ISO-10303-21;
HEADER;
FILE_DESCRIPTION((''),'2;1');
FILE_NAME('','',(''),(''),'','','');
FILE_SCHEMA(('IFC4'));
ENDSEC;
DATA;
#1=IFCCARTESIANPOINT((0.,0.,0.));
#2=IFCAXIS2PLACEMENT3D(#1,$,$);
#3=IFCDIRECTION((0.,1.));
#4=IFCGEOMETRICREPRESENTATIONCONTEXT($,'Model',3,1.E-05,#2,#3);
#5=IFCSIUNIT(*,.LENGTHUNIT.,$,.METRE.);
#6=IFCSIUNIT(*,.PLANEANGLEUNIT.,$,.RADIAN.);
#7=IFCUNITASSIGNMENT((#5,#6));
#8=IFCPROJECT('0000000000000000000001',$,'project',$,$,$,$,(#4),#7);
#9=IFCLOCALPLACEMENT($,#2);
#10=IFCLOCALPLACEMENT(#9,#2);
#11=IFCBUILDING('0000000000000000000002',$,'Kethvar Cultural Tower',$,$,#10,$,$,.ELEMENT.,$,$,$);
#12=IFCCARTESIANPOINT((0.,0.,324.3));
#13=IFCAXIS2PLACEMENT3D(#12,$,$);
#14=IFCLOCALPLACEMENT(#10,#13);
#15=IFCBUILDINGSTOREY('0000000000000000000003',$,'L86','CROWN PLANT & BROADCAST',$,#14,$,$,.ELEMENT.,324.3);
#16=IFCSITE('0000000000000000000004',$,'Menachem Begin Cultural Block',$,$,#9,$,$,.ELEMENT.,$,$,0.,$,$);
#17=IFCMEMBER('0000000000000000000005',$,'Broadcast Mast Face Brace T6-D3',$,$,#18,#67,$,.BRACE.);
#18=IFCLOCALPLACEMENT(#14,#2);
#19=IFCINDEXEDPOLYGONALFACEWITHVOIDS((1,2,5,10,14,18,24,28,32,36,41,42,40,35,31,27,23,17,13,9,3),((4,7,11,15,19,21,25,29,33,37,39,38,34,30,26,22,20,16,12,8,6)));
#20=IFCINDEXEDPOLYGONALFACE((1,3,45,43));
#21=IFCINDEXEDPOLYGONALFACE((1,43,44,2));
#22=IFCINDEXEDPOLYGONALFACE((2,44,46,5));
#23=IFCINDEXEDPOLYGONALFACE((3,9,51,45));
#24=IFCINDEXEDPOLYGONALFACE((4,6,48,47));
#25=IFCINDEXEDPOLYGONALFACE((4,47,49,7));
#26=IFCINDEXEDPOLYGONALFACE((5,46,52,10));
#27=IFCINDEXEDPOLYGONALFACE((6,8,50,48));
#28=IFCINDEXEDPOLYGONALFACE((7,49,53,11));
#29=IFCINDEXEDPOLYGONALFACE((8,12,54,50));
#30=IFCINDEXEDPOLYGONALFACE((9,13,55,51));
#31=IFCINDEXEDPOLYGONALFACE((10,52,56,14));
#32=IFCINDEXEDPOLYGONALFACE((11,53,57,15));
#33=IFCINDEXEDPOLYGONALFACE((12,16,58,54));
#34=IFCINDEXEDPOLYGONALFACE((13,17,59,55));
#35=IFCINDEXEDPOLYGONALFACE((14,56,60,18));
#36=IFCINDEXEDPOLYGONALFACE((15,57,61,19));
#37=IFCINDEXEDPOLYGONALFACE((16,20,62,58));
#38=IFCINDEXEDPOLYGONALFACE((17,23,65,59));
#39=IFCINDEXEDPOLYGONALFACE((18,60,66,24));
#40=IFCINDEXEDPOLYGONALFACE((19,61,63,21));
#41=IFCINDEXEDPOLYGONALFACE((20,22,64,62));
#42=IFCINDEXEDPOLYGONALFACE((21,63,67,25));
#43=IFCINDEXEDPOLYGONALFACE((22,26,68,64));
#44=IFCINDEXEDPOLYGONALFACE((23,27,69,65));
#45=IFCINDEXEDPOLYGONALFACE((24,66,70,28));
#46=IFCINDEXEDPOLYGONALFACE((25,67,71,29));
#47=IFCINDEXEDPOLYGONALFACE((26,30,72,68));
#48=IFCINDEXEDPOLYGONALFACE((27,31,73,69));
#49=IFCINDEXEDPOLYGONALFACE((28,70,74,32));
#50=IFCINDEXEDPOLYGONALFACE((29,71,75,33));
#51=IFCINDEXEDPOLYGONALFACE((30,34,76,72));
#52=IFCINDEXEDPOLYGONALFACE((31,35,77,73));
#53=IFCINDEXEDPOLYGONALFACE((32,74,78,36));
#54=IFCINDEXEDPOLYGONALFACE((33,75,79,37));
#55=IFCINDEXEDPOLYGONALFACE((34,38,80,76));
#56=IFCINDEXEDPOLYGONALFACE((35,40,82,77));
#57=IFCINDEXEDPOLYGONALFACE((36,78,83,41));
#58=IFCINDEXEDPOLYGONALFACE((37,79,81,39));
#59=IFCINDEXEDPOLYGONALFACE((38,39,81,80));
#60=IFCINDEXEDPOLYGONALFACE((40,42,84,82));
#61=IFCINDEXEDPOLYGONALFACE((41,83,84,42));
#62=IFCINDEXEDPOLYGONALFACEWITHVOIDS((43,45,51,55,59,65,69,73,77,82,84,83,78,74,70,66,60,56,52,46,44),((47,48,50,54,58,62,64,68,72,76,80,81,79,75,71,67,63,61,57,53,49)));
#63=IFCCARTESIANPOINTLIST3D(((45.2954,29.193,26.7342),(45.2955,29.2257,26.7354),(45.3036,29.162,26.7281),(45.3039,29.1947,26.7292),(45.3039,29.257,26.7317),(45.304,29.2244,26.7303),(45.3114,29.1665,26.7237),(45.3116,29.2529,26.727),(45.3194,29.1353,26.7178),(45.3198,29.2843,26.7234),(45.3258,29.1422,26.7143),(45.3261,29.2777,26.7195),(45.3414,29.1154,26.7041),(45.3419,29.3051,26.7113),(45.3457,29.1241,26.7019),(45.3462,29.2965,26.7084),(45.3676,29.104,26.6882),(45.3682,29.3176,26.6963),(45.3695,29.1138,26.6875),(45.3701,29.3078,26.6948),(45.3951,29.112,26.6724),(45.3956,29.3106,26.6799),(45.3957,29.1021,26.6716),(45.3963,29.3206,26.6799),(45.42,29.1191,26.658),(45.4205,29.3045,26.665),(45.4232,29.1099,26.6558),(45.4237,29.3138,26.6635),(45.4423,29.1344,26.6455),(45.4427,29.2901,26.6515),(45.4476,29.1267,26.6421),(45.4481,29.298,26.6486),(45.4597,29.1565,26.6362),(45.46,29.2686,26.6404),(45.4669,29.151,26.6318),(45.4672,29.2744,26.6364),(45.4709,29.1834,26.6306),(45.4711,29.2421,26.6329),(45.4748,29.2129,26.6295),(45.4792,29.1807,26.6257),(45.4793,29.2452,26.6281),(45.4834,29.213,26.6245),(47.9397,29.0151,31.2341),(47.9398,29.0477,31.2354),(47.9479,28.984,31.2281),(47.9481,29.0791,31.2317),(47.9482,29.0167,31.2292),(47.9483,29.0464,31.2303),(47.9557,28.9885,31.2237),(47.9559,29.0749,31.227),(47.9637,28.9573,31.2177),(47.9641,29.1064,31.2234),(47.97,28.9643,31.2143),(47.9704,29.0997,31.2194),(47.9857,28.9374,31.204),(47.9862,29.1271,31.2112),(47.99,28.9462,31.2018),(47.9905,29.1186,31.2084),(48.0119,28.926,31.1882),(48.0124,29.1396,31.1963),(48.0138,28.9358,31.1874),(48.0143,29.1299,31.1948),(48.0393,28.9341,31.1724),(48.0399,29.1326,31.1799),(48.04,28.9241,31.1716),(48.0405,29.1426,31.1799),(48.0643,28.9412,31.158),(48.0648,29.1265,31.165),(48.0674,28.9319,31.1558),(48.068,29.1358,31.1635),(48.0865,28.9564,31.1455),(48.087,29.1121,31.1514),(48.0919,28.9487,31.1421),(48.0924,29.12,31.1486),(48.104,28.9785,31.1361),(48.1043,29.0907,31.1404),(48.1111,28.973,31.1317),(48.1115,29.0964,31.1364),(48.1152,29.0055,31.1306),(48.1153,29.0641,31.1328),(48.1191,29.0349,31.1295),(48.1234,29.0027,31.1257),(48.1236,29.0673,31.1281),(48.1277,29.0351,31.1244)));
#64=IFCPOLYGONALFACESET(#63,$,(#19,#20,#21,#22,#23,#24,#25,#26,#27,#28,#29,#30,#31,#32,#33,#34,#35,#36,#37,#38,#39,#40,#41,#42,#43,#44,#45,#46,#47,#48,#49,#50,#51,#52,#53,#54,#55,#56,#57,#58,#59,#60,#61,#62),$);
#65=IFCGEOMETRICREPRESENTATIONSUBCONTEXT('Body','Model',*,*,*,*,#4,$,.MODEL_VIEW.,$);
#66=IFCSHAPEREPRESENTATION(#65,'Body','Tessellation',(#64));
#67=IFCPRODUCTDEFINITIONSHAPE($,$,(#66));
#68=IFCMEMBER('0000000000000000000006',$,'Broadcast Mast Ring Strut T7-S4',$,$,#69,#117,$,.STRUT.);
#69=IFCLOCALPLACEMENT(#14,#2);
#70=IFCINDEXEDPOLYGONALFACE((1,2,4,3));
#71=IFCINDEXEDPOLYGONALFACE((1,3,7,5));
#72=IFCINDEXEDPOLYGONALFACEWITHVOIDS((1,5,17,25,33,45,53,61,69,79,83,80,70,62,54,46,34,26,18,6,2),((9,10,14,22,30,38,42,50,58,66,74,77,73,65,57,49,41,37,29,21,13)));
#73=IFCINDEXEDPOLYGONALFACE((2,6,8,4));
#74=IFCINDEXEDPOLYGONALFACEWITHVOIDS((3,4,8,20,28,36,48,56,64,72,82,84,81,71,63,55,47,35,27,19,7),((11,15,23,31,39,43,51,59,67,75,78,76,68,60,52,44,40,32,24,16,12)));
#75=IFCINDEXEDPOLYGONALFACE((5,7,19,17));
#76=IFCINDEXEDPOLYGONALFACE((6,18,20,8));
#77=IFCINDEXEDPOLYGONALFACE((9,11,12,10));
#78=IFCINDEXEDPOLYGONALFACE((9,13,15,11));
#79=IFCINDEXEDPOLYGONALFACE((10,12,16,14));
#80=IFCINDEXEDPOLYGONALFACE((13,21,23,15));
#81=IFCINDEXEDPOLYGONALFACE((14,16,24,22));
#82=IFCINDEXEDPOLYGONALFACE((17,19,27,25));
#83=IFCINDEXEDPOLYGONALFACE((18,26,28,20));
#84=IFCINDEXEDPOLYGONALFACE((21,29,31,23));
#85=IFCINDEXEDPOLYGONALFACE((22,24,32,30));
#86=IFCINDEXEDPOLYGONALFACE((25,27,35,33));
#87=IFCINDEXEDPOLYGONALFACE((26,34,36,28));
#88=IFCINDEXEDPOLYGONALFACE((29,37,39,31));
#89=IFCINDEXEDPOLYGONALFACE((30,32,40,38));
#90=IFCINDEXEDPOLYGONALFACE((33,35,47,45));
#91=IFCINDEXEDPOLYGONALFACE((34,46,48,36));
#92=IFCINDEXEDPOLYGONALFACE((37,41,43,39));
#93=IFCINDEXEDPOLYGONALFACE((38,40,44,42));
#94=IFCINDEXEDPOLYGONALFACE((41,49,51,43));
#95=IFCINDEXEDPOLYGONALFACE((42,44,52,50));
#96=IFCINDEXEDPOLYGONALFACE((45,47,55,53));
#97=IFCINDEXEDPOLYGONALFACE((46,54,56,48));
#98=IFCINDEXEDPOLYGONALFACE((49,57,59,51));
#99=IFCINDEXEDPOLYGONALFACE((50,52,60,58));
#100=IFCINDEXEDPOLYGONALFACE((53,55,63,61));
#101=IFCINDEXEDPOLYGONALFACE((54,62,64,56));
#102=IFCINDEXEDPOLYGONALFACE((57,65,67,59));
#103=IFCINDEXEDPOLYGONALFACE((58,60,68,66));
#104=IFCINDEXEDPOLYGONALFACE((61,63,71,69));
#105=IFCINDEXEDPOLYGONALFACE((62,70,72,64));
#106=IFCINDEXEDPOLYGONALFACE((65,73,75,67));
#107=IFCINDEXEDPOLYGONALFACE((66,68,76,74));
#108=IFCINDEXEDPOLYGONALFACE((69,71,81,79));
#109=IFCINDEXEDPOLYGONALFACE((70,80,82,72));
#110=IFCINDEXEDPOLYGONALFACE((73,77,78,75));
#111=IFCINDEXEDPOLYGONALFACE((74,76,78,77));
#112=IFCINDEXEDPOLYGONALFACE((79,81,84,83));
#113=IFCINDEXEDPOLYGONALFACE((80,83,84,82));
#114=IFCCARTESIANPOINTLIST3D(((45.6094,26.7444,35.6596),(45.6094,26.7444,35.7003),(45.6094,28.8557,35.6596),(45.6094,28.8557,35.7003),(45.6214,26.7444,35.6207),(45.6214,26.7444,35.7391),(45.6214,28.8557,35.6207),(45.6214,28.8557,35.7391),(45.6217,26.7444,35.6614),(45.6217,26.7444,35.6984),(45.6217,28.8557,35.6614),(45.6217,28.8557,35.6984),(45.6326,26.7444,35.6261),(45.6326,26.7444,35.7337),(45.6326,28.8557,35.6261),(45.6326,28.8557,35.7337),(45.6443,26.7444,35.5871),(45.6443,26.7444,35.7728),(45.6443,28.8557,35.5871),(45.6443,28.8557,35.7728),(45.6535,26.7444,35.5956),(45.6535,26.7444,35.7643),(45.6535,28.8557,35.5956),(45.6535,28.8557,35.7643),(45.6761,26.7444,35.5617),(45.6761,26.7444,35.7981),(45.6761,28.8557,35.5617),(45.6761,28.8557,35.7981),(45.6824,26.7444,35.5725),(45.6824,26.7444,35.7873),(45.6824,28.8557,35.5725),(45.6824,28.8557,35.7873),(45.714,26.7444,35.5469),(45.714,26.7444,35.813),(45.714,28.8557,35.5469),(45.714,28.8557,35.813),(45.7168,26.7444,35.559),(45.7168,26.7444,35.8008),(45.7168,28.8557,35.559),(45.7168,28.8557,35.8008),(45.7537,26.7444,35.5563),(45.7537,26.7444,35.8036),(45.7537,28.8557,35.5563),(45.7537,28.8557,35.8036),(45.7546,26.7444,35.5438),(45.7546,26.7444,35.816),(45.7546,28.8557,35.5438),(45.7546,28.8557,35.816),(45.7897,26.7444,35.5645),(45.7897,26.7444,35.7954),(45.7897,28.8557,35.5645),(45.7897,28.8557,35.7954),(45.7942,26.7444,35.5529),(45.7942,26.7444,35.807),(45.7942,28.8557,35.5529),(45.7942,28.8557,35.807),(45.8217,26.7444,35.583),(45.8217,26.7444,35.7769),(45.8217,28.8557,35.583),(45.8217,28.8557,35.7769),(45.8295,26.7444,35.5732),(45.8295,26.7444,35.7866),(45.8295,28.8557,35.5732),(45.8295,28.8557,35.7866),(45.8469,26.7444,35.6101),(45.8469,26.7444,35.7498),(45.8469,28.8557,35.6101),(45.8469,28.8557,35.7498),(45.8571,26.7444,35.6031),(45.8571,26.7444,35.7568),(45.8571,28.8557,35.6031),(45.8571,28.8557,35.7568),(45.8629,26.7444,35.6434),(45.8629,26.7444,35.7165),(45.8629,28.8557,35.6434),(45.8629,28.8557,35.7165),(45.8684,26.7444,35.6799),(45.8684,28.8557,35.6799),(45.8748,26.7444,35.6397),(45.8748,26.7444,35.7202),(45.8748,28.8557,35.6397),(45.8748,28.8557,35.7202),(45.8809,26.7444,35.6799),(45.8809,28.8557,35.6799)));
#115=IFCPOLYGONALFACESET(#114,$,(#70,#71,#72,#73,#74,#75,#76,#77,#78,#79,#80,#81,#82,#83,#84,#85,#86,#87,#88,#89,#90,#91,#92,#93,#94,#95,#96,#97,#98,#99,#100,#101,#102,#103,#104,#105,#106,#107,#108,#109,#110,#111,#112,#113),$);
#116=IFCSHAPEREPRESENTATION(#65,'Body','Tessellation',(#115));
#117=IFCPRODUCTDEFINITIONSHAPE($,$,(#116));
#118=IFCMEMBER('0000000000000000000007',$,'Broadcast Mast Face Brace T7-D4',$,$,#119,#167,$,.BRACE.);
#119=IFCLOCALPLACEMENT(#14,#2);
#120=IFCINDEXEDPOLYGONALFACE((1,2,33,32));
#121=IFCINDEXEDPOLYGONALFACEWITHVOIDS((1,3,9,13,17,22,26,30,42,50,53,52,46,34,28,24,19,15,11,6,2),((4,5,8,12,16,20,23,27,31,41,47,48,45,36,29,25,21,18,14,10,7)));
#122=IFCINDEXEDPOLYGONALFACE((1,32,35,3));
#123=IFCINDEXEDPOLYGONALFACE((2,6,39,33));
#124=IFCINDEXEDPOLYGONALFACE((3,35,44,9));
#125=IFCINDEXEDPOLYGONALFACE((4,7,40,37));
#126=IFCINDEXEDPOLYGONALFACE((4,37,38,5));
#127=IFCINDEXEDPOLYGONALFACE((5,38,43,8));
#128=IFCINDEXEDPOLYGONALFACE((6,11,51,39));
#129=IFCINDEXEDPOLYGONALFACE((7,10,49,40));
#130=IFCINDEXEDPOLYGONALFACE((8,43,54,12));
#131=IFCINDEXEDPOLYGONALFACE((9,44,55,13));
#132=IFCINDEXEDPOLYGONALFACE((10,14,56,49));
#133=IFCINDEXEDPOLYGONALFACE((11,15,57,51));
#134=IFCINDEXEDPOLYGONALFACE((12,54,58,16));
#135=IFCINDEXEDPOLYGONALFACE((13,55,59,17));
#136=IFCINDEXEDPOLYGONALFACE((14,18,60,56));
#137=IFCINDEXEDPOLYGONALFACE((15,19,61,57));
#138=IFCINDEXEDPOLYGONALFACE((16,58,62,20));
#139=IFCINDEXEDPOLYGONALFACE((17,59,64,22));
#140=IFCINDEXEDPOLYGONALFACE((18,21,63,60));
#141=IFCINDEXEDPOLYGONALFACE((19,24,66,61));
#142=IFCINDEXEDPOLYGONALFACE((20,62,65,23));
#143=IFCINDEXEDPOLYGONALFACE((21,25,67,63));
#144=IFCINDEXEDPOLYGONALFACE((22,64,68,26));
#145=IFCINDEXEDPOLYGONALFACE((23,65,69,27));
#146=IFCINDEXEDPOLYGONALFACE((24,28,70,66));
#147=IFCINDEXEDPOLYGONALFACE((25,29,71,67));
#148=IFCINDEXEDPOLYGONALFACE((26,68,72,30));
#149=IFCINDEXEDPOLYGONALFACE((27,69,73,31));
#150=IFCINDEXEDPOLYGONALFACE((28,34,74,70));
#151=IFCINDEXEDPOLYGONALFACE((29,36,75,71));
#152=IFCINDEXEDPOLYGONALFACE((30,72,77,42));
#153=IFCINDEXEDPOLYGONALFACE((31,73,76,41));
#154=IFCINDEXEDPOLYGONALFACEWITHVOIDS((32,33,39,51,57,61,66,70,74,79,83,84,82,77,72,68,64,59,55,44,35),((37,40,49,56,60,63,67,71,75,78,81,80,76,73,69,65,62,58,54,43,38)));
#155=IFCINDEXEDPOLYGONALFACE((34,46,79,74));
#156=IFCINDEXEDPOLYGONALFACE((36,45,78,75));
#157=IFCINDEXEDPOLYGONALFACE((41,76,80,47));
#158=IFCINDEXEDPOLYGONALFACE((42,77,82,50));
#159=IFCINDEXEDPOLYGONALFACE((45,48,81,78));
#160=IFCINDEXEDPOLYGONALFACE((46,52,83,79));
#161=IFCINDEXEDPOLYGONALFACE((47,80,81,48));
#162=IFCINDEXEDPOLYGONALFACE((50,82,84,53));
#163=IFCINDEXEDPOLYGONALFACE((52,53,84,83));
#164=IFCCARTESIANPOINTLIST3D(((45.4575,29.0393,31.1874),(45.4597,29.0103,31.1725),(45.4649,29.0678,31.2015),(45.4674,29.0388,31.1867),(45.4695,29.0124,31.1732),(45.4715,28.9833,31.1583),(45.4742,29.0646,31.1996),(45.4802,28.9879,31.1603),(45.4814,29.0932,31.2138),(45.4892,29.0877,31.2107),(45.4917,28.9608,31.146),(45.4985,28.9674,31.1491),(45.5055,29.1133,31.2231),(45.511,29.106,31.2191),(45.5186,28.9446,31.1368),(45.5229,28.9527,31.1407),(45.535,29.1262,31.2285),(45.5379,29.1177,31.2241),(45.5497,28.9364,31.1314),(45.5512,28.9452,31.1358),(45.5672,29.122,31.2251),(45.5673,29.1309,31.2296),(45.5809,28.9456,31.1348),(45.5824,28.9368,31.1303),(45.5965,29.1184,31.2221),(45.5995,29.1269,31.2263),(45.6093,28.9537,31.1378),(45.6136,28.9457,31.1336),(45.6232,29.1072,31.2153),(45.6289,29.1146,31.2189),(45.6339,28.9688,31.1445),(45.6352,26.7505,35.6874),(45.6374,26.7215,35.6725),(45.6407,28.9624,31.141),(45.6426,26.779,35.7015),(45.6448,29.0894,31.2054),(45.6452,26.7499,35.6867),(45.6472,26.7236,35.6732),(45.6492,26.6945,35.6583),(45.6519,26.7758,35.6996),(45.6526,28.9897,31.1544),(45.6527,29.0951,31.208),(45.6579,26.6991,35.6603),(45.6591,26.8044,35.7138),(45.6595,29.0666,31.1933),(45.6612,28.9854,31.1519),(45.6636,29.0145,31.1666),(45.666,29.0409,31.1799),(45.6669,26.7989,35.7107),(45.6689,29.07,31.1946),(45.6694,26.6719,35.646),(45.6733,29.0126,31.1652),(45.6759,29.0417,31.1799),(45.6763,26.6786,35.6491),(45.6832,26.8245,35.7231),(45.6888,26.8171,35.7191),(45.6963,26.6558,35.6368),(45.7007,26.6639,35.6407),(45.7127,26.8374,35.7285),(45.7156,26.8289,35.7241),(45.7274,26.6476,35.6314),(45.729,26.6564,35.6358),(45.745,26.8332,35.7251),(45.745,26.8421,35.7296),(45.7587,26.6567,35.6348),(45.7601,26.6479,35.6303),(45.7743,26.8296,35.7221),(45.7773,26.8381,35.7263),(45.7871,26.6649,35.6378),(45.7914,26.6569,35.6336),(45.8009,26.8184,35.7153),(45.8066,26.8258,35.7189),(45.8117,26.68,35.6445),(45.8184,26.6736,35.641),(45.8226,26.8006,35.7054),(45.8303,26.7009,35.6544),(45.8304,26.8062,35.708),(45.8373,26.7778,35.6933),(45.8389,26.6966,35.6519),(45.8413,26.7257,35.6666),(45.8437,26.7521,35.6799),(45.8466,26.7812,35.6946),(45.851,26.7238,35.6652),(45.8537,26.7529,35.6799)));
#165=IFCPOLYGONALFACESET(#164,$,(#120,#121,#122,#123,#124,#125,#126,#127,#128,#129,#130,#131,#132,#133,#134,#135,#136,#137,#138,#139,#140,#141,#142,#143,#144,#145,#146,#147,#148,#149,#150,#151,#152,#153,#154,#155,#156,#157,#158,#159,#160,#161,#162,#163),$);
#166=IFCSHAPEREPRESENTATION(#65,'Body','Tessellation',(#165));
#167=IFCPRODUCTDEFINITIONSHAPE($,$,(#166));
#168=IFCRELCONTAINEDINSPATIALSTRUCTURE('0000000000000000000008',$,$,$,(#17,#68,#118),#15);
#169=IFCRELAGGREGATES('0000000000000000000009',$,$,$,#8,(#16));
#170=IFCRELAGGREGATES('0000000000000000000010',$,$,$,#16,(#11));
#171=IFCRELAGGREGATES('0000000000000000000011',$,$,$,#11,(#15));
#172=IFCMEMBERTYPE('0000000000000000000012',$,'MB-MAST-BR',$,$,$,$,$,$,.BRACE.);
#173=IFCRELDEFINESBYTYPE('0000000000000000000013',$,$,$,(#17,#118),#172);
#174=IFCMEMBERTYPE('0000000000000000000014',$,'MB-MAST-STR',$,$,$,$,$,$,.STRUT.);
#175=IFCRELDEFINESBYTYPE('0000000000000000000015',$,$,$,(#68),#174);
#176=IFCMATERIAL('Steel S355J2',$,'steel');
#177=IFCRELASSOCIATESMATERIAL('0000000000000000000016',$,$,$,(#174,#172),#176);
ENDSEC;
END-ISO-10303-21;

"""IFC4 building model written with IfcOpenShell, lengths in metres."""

from ifc_helpers import new_model, si_unit, direction, frame, origin, origin_2d, place, context, subcontext, project, spatial, hollow_circle, extrude, source, transform, mapped, material, material_profile, profile_set, type_object, element, save


model = new_model("IFC4")

# Units and contexts
model_context = context("Model", 3, precision=1e-05, world=origin(), true_north=direction((0.0, 1.0)))
body_context = subcontext(model_context, "Body", "Model", "MODEL_VIEW")
ifc_project = project(units=[si_unit("LENGTHUNIT", "METRE"), si_unit("PLANEANGLEUNIT", "RADIAN")], contexts=[model_context])

# Site, building, storey
site_placement = place(None, origin())
site = spatial("IfcSite", under=ifc_project, at=site_placement, Name="Menachem Begin Cultural Block", CompositionType="ELEMENT", RefElevation=0.0)
building_placement = place(site_placement, origin())
building = spatial("IfcBuilding", under=site, at=building_placement, Name="Kethvar Cultural Tower", CompositionType="ELEMENT")
storey_placement = place(building_placement, frame((0.0, 0.0, 324.3)))
storey = spatial("IfcBuildingStorey", under=building, at=storey_placement, Name="L86", Description="CROWN PLANT & BROADCAST", CompositionType="ELEMENT", Elevation=324.3)

# Shared definitions
ifc_material_1 = material(Name="Steel S355J2", Category="steel")

# Members
ifc_material_profile_1 = material_profile(ifc_material_1, hollow_circle(Radius=0.1365, WallThickness=0.0125, at=origin_2d()), Name="Steel S355J2 — CHS273x12.5")
ifc_profile_set_1 = profile_set([ifc_material_profile_1], Name="Steel S355J2 — CHS273x12.5")
member_type_1 = type_object("IfcMemberType", Name="MB-MAST-STR", PredefinedType="STRUT", material=ifc_profile_set_1)
ifc_material_profile_2 = material_profile(ifc_material_1, hollow_circle(Radius=0.1096, WallThickness=0.01, at=origin_2d()), Name="Steel S355J2 — CHS219x10")
ifc_profile_set_2 = profile_set([ifc_material_profile_2], Name="Steel S355J2 — CHS219x10")
member_type_2 = type_object("IfcMemberType", Name="MB-MAST-BR", PredefinedType="BRACE", material=ifc_profile_set_2)
shared_shape_1 = source(origin(), body_context, "Body", "SweptSolid", [
    extrude(hollow_circle(Radius=0.1096, WallThickness=0.01, at=origin_2d()), origin(), (0.0, 0.0, 1.0), 5.2224),
])
member_1_placement = place(storey_placement, frame((45.3889, 29.2112, 26.6799), z_axis=(0.506331, -0.03408, 0.861665), x_axis=(0.067155, 0.997743, 0.0)))
element("IfcMember", 1, at=member_1_placement, inside=storey, type_object=member_type_2, Name="Broadcast Mast Face Brace T6-D3", PredefinedType="BRACE", context=body_context, shape_type="MappedRepresentation", body=[
    mapped(shared_shape_1, transform((0.0, 0.0, 0.0), scale=1.0)),
])
shared_shape_2 = source(origin(), body_context, "Body", "SweptSolid", [
    extrude(hollow_circle(Radius=0.1365, WallThickness=0.0125, at=origin_2d()), origin(), (0.0, 0.0, 1.0), 2.1113),
])
member_2_placement = place(storey_placement, frame((45.7444, 28.8557, 35.6799), z_axis=(0.0, -1.0, 0.0), x_axis=(1.0, 0.0, 0.0)))
element("IfcMember", 2, at=member_2_placement, inside=storey, type_object=member_type_1, Name="Broadcast Mast Ring Strut T7-S4", PredefinedType="STRUT", context=body_context, shape_type="MappedRepresentation", body=[
    mapped(shared_shape_2, transform((0.0, 0.0, 0.0), scale=1.0)),
])
shared_shape_3 = source(origin(), body_context, "Body", "SweptSolid", [
    extrude(hollow_circle(Radius=0.1096, WallThickness=0.01, at=origin_2d()), origin(), (0.0, 0.0, 1.0), 5.0518),
])
member_3_placement = place(storey_placement, frame((45.5667, 29.0332, 31.1799), z_axis=(0.035183, -0.453073, 0.890779), x_axis=(0.996999, 0.07742, 0.0)))
element("IfcMember", 3, at=member_3_placement, inside=storey, type_object=member_type_2, Name="Broadcast Mast Face Brace T7-D4", PredefinedType="BRACE", context=body_context, shape_type="MappedRepresentation", body=[
    mapped(shared_shape_3, transform((0.0, 0.0, 0.0), scale=1.0)),
])

save(model, "model.ifc")
